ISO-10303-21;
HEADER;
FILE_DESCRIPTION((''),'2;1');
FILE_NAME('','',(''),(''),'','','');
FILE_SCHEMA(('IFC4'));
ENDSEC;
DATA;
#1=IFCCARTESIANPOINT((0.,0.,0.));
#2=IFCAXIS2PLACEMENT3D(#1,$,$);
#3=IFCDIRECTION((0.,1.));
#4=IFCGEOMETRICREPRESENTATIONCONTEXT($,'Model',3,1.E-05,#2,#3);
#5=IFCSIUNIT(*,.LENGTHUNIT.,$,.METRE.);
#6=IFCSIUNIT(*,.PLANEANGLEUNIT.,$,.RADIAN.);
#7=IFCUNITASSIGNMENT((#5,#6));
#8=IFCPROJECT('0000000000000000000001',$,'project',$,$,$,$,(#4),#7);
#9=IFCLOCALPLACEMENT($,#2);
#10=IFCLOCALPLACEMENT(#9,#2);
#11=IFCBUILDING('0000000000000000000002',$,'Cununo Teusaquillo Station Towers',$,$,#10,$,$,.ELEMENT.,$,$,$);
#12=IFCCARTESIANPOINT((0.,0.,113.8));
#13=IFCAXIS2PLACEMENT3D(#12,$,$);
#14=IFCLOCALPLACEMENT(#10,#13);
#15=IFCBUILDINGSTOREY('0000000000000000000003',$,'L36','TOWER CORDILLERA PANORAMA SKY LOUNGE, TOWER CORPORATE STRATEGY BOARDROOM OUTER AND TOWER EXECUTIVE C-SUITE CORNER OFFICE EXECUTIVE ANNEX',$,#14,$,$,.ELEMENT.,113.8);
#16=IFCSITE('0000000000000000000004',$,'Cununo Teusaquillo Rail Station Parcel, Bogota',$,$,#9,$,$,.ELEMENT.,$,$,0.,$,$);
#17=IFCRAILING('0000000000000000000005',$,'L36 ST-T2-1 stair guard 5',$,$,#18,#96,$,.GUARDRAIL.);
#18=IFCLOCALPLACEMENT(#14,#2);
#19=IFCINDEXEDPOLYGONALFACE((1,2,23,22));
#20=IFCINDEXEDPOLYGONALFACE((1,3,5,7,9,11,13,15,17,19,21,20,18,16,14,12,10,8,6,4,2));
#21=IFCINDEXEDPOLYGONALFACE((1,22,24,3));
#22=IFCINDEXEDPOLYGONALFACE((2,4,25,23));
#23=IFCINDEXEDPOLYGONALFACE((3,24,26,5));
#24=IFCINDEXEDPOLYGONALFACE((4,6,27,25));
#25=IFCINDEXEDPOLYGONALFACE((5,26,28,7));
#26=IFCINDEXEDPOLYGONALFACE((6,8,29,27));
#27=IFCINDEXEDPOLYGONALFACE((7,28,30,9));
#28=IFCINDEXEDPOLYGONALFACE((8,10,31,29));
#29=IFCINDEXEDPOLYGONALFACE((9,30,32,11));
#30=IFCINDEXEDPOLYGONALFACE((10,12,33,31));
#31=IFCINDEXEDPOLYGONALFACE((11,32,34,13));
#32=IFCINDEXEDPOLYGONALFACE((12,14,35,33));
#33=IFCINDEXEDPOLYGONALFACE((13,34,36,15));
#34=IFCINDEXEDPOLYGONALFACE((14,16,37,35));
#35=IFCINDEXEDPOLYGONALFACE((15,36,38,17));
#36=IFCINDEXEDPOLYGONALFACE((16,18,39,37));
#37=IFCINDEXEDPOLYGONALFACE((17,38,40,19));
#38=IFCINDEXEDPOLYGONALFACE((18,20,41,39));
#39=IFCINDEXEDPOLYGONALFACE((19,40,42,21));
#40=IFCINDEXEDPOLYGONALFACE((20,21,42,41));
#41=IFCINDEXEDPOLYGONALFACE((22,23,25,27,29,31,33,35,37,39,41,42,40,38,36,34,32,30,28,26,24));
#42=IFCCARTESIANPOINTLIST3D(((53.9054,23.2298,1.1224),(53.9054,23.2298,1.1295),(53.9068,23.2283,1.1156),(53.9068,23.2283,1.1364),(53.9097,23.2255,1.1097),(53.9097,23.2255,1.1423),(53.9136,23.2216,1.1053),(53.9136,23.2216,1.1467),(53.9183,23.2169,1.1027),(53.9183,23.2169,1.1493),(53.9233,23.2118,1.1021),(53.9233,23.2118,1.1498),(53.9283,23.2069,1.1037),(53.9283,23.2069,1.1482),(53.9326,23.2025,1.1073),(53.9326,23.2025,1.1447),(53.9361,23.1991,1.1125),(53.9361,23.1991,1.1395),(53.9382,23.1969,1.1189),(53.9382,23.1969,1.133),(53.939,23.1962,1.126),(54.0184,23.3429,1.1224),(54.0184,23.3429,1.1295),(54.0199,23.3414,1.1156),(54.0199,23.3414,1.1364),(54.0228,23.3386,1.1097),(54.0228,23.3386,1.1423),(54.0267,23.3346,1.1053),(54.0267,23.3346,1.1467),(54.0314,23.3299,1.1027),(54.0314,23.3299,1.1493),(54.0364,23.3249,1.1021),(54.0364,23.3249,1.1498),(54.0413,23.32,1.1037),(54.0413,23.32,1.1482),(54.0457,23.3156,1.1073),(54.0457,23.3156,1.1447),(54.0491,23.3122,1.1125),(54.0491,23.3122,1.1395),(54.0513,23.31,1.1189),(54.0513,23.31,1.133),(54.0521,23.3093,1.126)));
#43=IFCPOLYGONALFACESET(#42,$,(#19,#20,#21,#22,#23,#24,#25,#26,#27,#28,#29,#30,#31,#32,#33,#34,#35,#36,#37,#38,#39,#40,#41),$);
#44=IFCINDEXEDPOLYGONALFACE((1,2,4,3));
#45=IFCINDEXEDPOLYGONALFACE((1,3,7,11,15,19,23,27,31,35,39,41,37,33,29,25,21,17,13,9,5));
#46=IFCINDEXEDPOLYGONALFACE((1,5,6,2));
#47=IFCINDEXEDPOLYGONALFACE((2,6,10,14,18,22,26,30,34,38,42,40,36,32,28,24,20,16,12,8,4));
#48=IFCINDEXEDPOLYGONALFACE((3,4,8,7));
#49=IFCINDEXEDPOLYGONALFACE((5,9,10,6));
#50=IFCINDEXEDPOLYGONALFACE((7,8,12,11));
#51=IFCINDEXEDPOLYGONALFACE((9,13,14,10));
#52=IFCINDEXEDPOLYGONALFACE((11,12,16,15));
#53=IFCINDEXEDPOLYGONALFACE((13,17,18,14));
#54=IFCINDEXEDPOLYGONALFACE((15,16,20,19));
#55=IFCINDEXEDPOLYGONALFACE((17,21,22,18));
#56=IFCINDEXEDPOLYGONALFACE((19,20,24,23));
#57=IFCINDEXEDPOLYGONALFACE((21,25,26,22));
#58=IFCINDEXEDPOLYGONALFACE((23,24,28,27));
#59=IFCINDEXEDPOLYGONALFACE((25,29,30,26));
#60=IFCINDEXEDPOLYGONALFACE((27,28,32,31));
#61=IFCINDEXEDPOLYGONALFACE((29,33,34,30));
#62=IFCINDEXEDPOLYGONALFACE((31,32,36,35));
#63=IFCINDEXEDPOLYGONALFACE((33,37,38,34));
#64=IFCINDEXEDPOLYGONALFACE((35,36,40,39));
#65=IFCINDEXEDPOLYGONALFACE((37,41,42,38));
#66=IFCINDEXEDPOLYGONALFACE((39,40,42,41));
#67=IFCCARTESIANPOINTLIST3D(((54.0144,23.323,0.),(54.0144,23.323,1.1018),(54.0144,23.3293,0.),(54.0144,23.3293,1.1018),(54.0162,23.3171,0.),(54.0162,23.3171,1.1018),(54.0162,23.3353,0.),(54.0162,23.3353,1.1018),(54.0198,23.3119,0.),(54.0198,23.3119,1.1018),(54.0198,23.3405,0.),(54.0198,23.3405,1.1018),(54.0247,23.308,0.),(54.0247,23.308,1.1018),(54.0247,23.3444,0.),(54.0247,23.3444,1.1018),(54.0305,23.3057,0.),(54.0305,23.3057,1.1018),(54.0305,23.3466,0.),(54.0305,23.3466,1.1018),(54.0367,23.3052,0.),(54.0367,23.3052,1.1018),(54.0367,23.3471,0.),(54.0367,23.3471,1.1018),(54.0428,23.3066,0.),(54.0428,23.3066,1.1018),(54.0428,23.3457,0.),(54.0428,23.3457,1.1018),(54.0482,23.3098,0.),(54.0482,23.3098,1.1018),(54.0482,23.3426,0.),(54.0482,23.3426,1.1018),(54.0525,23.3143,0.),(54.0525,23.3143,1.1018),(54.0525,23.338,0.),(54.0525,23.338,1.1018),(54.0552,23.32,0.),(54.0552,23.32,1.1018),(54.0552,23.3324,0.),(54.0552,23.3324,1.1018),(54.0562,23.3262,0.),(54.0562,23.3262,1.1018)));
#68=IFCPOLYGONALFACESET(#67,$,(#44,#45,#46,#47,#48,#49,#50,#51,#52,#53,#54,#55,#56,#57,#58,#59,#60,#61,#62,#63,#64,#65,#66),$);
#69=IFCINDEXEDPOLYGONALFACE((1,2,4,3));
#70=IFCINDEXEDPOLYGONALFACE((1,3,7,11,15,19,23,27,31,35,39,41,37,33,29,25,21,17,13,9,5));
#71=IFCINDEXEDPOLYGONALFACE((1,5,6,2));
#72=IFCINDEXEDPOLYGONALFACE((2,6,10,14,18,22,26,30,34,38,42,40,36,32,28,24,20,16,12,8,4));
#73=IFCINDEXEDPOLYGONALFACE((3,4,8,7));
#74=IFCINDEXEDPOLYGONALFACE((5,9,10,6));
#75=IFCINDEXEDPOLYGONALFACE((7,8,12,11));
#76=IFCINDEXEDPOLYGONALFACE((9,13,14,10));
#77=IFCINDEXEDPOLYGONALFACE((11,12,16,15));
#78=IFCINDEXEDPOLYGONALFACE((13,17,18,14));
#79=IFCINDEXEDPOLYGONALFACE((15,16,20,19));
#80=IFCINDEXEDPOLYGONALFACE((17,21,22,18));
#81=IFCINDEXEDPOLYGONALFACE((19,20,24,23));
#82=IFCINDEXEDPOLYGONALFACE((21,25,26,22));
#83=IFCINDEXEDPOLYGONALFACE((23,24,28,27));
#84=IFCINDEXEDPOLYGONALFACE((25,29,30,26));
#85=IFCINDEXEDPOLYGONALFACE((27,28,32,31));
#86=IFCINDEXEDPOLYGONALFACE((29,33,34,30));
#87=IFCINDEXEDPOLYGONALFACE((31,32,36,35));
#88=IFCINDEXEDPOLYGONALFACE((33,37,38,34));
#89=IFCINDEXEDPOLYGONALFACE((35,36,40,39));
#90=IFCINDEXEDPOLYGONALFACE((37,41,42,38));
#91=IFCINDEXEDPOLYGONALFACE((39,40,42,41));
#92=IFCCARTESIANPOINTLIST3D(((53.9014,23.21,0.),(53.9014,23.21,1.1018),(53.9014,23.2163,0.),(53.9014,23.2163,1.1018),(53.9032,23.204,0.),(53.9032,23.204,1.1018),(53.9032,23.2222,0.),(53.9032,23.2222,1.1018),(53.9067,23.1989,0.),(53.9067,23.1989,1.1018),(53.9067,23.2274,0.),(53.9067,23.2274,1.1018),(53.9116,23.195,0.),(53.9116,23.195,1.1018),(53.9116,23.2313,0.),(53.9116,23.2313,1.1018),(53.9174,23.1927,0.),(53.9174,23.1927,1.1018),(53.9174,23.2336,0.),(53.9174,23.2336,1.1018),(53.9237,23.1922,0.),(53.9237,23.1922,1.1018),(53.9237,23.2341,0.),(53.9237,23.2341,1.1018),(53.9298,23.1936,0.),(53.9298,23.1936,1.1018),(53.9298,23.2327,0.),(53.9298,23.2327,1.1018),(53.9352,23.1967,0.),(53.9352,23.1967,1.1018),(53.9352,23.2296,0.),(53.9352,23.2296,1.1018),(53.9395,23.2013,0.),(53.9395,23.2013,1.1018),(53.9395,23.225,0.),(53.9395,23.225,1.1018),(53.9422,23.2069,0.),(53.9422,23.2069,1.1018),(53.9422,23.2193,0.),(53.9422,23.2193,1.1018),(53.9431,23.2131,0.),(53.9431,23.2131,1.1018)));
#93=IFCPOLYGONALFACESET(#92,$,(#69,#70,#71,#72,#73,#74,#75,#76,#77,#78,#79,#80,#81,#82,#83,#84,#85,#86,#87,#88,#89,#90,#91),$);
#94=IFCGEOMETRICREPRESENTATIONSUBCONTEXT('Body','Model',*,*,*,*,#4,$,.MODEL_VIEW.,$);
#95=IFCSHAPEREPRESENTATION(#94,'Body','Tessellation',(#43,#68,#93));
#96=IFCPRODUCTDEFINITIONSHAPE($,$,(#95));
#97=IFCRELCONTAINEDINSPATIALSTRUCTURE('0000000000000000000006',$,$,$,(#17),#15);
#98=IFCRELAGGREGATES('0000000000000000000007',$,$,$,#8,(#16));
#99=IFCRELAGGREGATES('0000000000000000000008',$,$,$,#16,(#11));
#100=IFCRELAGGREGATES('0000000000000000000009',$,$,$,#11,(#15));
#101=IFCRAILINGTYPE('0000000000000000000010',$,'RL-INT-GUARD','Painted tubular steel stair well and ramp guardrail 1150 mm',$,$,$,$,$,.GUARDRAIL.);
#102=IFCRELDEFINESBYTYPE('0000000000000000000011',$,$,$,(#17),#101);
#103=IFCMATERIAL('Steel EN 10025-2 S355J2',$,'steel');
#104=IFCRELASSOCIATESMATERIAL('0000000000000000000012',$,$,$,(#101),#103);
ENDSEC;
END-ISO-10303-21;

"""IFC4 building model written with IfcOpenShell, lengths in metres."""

from ifc_helpers import new_model, si_unit, direction, frame, origin, origin_2d, place, context, subcontext, project, spatial, circle, extrude, material, type_object, element, save


model = new_model("IFC4")

# Units and contexts
model_context = context("Model", 3, precision=1e-05, world=origin(), true_north=direction((0.0, 1.0)))
body_context = subcontext(model_context, "Body", "Model", "MODEL_VIEW")
ifc_project = project(units=[si_unit("LENGTHUNIT", "METRE"), si_unit("PLANEANGLEUNIT", "RADIAN")], contexts=[model_context])

# Site, building, storey
site_placement = place(None, origin())
site = spatial("IfcSite", under=ifc_project, at=site_placement, Name="Cununo Teusaquillo Rail Station Parcel, Bogota", CompositionType="ELEMENT", RefElevation=0.0)
building_placement = place(site_placement, origin())
building = spatial("IfcBuilding", under=site, at=building_placement, Name="Cununo Teusaquillo Station Towers", CompositionType="ELEMENT")
storey_placement = place(building_placement, frame((0.0, 0.0, 113.8)))
storey = spatial("IfcBuildingStorey", under=building, at=storey_placement, Name="L36", Description="TOWER CORDILLERA PANORAMA SKY LOUNGE, TOWER CORPORATE STRATEGY BOARDROOM OUTER AND TOWER EXECUTIVE C-SUITE CORNER OFFICE EXECUTIVE ANNEX", CompositionType="ELEMENT", Elevation=113.8)

# Railing
ifc_material_1 = material(Name="Steel EN 10025-2 S355J2", Category="steel")
railing_type_1 = type_object("IfcRailingType", Name="RL-INT-GUARD", Description="Painted tubular steel stair well and ramp guardrail 1150 mm", PredefinedType="GUARDRAIL", material=ifc_material_1)
railing_1_placement = place(storey_placement, frame((54.0352, 23.3262, 0.0)))
element("IfcRailing", 1, at=railing_1_placement, inside=storey, type_object=railing_type_1, Name="L36 ST-T2-1 stair guard 5", PredefinedType="GUARDRAIL", context=body_context, shape_type="SweptSolid", body=[
    extrude(circle(Radius=0.0239, at=origin_2d()), frame((0.0, 0.0, 1.126), z_axis=(-0.707107, -0.707107, 0.0), x_axis=(0.707107, -0.707107, 0.0)), (0.0, 0.0, 1.0), 0.1599),
    extrude(circle(Radius=0.021, at=origin_2d()), origin(), (0.0, 0.0, 1.0), 1.1018),
    extrude(circle(Radius=0.021, at=origin_2d()), frame((-0.113, -0.113, 0.0)), (0.0, 0.0, 1.0), 1.1018),
])

save(model, "model.ifc")
